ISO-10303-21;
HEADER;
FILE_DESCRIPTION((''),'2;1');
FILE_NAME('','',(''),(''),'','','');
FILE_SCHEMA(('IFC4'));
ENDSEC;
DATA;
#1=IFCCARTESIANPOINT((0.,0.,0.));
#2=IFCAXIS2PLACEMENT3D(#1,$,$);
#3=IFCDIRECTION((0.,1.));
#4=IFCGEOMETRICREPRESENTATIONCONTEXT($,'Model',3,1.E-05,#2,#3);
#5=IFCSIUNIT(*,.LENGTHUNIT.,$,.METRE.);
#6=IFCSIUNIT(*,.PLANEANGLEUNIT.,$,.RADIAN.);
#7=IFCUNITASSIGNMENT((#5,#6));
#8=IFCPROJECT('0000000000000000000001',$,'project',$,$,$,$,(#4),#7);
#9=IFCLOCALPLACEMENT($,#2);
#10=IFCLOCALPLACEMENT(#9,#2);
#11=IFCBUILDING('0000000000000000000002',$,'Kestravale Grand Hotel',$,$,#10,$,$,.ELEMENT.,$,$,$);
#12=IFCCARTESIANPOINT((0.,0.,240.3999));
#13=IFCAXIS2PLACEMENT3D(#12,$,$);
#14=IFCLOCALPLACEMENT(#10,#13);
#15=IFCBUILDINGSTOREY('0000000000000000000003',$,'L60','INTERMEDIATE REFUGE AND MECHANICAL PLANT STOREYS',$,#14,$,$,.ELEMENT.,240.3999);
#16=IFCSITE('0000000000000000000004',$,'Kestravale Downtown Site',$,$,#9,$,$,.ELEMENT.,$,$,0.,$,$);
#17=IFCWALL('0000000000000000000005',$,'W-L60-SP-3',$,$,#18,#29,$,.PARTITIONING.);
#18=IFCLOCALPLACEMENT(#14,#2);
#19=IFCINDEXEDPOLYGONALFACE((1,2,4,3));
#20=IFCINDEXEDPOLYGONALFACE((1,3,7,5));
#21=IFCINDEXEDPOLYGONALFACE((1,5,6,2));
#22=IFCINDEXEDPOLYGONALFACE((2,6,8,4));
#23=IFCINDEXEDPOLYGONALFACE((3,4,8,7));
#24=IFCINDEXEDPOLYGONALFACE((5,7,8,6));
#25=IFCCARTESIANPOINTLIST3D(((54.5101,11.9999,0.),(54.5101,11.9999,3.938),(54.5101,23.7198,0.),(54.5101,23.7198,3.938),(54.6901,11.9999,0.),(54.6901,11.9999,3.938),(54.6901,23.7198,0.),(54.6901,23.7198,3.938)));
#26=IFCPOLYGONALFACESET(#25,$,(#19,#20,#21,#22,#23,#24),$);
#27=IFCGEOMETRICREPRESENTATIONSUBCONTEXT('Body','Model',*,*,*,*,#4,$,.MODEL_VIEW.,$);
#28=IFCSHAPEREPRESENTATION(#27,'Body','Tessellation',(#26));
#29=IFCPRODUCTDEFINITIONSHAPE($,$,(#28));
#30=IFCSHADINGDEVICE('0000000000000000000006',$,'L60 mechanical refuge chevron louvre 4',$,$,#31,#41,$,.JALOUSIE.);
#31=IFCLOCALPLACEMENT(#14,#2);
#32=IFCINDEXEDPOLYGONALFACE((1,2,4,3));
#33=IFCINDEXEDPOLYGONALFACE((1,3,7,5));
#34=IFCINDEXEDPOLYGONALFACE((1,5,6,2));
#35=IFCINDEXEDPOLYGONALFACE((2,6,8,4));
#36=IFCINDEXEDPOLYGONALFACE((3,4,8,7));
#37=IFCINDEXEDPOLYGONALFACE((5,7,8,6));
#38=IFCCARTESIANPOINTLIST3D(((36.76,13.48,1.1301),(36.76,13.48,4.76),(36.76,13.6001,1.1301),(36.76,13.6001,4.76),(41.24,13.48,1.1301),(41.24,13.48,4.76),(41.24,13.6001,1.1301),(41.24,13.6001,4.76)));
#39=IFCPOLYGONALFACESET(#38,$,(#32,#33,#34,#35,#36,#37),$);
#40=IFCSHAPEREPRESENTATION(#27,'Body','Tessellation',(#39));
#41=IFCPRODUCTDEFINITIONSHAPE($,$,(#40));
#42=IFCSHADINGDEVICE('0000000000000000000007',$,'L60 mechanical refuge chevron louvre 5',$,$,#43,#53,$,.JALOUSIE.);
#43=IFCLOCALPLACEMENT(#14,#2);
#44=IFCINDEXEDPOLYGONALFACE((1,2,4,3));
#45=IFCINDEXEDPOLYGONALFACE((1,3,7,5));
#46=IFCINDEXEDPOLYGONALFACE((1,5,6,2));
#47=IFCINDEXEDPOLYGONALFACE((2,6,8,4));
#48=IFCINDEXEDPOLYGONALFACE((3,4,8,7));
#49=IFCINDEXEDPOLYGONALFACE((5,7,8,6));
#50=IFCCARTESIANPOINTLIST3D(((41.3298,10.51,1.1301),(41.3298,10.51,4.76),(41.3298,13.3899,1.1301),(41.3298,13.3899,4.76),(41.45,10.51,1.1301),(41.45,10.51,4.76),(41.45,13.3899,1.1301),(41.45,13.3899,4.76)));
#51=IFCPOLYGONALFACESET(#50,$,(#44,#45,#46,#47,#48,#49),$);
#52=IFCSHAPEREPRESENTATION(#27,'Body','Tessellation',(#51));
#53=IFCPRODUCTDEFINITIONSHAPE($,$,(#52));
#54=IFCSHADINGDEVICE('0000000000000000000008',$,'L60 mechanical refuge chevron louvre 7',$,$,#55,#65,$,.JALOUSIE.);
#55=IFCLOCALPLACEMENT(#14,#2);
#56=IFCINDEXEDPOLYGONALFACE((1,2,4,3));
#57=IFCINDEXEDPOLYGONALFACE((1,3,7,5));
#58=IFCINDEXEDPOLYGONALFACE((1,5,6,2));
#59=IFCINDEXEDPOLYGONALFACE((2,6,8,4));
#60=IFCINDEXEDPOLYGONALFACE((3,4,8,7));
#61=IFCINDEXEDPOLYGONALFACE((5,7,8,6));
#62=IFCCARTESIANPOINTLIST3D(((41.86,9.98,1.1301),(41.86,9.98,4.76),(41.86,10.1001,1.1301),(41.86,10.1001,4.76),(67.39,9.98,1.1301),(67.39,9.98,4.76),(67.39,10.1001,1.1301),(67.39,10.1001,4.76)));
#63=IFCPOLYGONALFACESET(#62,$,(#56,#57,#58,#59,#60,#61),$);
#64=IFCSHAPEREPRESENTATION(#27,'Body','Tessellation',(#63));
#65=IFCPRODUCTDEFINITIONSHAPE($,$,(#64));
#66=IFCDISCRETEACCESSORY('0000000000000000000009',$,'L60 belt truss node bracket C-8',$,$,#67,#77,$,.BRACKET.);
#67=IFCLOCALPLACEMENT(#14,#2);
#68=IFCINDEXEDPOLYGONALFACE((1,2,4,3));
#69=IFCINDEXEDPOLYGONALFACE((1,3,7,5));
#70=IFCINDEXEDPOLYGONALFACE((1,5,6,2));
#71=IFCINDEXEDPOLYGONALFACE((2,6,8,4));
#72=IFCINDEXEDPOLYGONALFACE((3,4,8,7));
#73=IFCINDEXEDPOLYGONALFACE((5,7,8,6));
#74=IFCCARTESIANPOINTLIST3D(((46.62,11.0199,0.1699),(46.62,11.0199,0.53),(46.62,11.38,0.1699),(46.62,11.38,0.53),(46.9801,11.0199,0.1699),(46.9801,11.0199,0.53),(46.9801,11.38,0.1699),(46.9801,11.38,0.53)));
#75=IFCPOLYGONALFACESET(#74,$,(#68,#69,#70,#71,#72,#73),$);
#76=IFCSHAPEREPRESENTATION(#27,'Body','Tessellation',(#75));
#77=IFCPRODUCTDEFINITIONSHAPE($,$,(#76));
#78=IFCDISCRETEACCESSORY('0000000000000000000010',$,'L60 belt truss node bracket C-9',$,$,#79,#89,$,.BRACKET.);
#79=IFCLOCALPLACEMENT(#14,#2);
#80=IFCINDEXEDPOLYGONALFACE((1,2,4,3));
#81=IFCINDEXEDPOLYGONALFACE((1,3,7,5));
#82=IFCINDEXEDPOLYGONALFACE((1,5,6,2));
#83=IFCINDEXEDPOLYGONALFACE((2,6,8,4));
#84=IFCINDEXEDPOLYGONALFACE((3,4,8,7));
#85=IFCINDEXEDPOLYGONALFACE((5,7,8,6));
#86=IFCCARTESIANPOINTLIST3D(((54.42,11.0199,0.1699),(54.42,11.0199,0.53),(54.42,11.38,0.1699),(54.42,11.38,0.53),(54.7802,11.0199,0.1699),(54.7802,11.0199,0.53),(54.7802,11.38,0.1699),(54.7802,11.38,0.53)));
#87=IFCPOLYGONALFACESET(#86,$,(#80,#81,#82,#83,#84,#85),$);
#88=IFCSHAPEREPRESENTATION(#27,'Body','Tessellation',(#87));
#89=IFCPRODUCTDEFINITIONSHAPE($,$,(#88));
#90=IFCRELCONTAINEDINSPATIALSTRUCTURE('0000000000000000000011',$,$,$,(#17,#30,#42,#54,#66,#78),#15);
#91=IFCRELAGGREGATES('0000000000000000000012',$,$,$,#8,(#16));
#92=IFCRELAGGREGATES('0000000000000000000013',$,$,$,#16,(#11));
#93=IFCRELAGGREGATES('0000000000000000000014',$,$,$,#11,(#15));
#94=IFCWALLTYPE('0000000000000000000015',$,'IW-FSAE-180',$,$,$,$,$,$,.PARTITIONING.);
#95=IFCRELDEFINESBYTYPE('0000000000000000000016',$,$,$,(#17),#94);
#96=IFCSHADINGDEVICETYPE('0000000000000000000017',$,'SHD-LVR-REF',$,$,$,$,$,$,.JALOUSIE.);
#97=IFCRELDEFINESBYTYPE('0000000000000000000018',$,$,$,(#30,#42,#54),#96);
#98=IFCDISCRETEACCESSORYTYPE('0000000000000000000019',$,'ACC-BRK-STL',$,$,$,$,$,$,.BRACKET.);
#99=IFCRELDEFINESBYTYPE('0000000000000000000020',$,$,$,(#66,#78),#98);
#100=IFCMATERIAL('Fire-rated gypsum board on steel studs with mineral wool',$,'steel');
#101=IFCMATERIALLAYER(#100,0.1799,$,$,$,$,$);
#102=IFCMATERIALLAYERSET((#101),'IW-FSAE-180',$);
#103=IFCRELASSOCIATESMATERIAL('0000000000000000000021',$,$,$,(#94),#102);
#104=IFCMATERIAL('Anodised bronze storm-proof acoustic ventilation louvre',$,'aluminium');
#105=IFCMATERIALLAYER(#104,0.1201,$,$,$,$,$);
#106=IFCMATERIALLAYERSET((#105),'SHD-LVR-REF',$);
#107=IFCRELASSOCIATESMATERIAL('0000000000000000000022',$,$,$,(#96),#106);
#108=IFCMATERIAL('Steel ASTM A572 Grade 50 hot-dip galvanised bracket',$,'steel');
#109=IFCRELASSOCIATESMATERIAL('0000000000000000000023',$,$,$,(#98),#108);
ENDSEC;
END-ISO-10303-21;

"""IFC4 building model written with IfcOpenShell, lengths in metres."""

from ifc_helpers import new_model, si_unit, direction, frame, frame_2d, origin, origin_2d, place, context, subcontext, project, spatial, rectangle, extrude, material, layer, layer_set, type_object, element, save


model = new_model("IFC4")

# Units and contexts
model_context = context("Model", 3, precision=1e-05, world=origin(), true_north=direction((0.0, 1.0)))
body_context = subcontext(model_context, "Body", "Model", "MODEL_VIEW")
ifc_project = project(units=[si_unit("LENGTHUNIT", "METRE"), si_unit("PLANEANGLEUNIT", "RADIAN")], contexts=[model_context])

# Site, building, storey
site_placement = place(None, origin())
site = spatial("IfcSite", under=ifc_project, at=site_placement, Name="Kestravale Downtown Site", CompositionType="ELEMENT", RefElevation=0.0)
building_placement = place(site_placement, origin())
building = spatial("IfcBuilding", under=site, at=building_placement, Name="Kestravale Grand Hotel", CompositionType="ELEMENT")
storey_placement = place(building_placement, frame((0.0, 0.0, 240.3999)))
storey = spatial("IfcBuildingStorey", under=building, at=storey_placement, Name="L60", Description="INTERMEDIATE REFUGE AND MECHANICAL PLANT STOREYS", CompositionType="ELEMENT", Elevation=240.3999)

# Wall
ifc_material_1 = material(Name="Fire-rated gypsum board on steel studs with mineral wool", Category="steel")
ifc_layer_1 = layer(ifc_material_1, 0.1799)
ifc_layer_set_1 = layer_set([ifc_layer_1], Name="IW-FSAE-180")
wall_type_1 = type_object("IfcWallType", Name="IW-FSAE-180", PredefinedType="PARTITIONING", material=ifc_layer_set_1)
wall_1_placement = place(storey_placement, frame((54.6001, 12.0, 0.0), z_axis=(0.0, 0.0, 1.0), x_axis=(0.0, 1.0, 0.0)))
element("IfcWall", 1, at=wall_1_placement, inside=storey, type_object=wall_type_1, Name="W-L60-SP-3", PredefinedType="PARTITIONING", context=body_context, shape_type="SweptSolid", body=[
    extrude(rectangle(XDim=11.72, YDim=0.1799, at=frame_2d((5.8599, 0.0))), origin(), (0.0, 0.0, 1.0), 3.938),
])

# Shading devices
ifc_material_2 = material(Name="Anodised bronze storm-proof acoustic ventilation louvre", Category="aluminium")
ifc_layer_2 = layer(ifc_material_2, 0.1201)
ifc_layer_set_2 = layer_set([ifc_layer_2], Name="SHD-LVR-REF")
shading_device_type = type_object("IfcShadingDeviceType", Name="SHD-LVR-REF", PredefinedType="JALOUSIE", material=ifc_layer_set_2)
shading_device_1_placement = place(storey_placement, frame((39.0, 13.54, 1.1301), z_axis=(0.0, 0.0, 1.0), x_axis=(1.0, 0.0, 0.0)))
element("IfcShadingDevice", 2, at=shading_device_1_placement, inside=storey, type_object=shading_device_type, Name="L60 mechanical refuge chevron louvre 4", PredefinedType="JALOUSIE", context=body_context, shape_type="SweptSolid", body=[
    extrude(rectangle(XDim=4.48, YDim=0.1201, at=origin_2d()), origin(), (0.0, 0.0, 1.0), 3.6299),
])
shading_device_2_placement = place(storey_placement, frame((41.3899, 11.95, 1.1301), z_axis=(0.0, 0.0, 1.0), x_axis=(0.0, -1.0, 0.0)))
element("IfcShadingDevice", 3, at=shading_device_2_placement, inside=storey, type_object=shading_device_type, Name="L60 mechanical refuge chevron louvre 5", PredefinedType="JALOUSIE", context=body_context, shape_type="SweptSolid", body=[
    extrude(rectangle(XDim=2.8799, YDim=0.1201, at=origin_2d()), origin(), (0.0, 0.0, 1.0), 3.6299),
])
shading_device_3_placement = place(storey_placement, frame((54.625, 10.04, 1.1301), z_axis=(0.0, 0.0, 1.0), x_axis=(1.0, 0.0, 0.0)))
element("IfcShadingDevice", 4, at=shading_device_3_placement, inside=storey, type_object=shading_device_type, Name="L60 mechanical refuge chevron louvre 7", PredefinedType="JALOUSIE", context=body_context, shape_type="SweptSolid", body=[
    extrude(rectangle(XDim=25.53, YDim=0.1201, at=origin_2d()), origin(), (0.0, 0.0, 1.0), 3.6299),
])

# Discrete accessories
ifc_material_3 = material(Name="Steel ASTM A572 Grade 50 hot-dip galvanised bracket", Category="steel")
discrete_accessory_type = type_object("IfcDiscreteAccessoryType", Name="ACC-BRK-STL", PredefinedType="BRACKET", material=ifc_material_3)
for number, where, z_axis, x_axis, name in (
    (5, (46.8, 11.2, 0.1699), (0.0, 0.0, 1.0), (1.0, 0.0, 0.0), "L60 belt truss node bracket C-8"),
    (6, (54.6001, 11.2, 0.1699), (0.0, 0.0, 1.0), (1.0, 0.0, 0.0), "L60 belt truss node bracket C-9"),
):
    element("IfcDiscreteAccessory", number, at=place(storey_placement, frame(where, z_axis=z_axis, x_axis=x_axis)), inside=storey, type_object=discrete_accessory_type, Name=name, PredefinedType="BRACKET", context=body_context, shape_type="SweptSolid", body=[
        extrude(rectangle(XDim=0.3601, YDim=0.3601, at=origin_2d()), origin(), (0.0, 0.0, 1.0), 0.3601),
    ])

save(model, "model.ifc")
